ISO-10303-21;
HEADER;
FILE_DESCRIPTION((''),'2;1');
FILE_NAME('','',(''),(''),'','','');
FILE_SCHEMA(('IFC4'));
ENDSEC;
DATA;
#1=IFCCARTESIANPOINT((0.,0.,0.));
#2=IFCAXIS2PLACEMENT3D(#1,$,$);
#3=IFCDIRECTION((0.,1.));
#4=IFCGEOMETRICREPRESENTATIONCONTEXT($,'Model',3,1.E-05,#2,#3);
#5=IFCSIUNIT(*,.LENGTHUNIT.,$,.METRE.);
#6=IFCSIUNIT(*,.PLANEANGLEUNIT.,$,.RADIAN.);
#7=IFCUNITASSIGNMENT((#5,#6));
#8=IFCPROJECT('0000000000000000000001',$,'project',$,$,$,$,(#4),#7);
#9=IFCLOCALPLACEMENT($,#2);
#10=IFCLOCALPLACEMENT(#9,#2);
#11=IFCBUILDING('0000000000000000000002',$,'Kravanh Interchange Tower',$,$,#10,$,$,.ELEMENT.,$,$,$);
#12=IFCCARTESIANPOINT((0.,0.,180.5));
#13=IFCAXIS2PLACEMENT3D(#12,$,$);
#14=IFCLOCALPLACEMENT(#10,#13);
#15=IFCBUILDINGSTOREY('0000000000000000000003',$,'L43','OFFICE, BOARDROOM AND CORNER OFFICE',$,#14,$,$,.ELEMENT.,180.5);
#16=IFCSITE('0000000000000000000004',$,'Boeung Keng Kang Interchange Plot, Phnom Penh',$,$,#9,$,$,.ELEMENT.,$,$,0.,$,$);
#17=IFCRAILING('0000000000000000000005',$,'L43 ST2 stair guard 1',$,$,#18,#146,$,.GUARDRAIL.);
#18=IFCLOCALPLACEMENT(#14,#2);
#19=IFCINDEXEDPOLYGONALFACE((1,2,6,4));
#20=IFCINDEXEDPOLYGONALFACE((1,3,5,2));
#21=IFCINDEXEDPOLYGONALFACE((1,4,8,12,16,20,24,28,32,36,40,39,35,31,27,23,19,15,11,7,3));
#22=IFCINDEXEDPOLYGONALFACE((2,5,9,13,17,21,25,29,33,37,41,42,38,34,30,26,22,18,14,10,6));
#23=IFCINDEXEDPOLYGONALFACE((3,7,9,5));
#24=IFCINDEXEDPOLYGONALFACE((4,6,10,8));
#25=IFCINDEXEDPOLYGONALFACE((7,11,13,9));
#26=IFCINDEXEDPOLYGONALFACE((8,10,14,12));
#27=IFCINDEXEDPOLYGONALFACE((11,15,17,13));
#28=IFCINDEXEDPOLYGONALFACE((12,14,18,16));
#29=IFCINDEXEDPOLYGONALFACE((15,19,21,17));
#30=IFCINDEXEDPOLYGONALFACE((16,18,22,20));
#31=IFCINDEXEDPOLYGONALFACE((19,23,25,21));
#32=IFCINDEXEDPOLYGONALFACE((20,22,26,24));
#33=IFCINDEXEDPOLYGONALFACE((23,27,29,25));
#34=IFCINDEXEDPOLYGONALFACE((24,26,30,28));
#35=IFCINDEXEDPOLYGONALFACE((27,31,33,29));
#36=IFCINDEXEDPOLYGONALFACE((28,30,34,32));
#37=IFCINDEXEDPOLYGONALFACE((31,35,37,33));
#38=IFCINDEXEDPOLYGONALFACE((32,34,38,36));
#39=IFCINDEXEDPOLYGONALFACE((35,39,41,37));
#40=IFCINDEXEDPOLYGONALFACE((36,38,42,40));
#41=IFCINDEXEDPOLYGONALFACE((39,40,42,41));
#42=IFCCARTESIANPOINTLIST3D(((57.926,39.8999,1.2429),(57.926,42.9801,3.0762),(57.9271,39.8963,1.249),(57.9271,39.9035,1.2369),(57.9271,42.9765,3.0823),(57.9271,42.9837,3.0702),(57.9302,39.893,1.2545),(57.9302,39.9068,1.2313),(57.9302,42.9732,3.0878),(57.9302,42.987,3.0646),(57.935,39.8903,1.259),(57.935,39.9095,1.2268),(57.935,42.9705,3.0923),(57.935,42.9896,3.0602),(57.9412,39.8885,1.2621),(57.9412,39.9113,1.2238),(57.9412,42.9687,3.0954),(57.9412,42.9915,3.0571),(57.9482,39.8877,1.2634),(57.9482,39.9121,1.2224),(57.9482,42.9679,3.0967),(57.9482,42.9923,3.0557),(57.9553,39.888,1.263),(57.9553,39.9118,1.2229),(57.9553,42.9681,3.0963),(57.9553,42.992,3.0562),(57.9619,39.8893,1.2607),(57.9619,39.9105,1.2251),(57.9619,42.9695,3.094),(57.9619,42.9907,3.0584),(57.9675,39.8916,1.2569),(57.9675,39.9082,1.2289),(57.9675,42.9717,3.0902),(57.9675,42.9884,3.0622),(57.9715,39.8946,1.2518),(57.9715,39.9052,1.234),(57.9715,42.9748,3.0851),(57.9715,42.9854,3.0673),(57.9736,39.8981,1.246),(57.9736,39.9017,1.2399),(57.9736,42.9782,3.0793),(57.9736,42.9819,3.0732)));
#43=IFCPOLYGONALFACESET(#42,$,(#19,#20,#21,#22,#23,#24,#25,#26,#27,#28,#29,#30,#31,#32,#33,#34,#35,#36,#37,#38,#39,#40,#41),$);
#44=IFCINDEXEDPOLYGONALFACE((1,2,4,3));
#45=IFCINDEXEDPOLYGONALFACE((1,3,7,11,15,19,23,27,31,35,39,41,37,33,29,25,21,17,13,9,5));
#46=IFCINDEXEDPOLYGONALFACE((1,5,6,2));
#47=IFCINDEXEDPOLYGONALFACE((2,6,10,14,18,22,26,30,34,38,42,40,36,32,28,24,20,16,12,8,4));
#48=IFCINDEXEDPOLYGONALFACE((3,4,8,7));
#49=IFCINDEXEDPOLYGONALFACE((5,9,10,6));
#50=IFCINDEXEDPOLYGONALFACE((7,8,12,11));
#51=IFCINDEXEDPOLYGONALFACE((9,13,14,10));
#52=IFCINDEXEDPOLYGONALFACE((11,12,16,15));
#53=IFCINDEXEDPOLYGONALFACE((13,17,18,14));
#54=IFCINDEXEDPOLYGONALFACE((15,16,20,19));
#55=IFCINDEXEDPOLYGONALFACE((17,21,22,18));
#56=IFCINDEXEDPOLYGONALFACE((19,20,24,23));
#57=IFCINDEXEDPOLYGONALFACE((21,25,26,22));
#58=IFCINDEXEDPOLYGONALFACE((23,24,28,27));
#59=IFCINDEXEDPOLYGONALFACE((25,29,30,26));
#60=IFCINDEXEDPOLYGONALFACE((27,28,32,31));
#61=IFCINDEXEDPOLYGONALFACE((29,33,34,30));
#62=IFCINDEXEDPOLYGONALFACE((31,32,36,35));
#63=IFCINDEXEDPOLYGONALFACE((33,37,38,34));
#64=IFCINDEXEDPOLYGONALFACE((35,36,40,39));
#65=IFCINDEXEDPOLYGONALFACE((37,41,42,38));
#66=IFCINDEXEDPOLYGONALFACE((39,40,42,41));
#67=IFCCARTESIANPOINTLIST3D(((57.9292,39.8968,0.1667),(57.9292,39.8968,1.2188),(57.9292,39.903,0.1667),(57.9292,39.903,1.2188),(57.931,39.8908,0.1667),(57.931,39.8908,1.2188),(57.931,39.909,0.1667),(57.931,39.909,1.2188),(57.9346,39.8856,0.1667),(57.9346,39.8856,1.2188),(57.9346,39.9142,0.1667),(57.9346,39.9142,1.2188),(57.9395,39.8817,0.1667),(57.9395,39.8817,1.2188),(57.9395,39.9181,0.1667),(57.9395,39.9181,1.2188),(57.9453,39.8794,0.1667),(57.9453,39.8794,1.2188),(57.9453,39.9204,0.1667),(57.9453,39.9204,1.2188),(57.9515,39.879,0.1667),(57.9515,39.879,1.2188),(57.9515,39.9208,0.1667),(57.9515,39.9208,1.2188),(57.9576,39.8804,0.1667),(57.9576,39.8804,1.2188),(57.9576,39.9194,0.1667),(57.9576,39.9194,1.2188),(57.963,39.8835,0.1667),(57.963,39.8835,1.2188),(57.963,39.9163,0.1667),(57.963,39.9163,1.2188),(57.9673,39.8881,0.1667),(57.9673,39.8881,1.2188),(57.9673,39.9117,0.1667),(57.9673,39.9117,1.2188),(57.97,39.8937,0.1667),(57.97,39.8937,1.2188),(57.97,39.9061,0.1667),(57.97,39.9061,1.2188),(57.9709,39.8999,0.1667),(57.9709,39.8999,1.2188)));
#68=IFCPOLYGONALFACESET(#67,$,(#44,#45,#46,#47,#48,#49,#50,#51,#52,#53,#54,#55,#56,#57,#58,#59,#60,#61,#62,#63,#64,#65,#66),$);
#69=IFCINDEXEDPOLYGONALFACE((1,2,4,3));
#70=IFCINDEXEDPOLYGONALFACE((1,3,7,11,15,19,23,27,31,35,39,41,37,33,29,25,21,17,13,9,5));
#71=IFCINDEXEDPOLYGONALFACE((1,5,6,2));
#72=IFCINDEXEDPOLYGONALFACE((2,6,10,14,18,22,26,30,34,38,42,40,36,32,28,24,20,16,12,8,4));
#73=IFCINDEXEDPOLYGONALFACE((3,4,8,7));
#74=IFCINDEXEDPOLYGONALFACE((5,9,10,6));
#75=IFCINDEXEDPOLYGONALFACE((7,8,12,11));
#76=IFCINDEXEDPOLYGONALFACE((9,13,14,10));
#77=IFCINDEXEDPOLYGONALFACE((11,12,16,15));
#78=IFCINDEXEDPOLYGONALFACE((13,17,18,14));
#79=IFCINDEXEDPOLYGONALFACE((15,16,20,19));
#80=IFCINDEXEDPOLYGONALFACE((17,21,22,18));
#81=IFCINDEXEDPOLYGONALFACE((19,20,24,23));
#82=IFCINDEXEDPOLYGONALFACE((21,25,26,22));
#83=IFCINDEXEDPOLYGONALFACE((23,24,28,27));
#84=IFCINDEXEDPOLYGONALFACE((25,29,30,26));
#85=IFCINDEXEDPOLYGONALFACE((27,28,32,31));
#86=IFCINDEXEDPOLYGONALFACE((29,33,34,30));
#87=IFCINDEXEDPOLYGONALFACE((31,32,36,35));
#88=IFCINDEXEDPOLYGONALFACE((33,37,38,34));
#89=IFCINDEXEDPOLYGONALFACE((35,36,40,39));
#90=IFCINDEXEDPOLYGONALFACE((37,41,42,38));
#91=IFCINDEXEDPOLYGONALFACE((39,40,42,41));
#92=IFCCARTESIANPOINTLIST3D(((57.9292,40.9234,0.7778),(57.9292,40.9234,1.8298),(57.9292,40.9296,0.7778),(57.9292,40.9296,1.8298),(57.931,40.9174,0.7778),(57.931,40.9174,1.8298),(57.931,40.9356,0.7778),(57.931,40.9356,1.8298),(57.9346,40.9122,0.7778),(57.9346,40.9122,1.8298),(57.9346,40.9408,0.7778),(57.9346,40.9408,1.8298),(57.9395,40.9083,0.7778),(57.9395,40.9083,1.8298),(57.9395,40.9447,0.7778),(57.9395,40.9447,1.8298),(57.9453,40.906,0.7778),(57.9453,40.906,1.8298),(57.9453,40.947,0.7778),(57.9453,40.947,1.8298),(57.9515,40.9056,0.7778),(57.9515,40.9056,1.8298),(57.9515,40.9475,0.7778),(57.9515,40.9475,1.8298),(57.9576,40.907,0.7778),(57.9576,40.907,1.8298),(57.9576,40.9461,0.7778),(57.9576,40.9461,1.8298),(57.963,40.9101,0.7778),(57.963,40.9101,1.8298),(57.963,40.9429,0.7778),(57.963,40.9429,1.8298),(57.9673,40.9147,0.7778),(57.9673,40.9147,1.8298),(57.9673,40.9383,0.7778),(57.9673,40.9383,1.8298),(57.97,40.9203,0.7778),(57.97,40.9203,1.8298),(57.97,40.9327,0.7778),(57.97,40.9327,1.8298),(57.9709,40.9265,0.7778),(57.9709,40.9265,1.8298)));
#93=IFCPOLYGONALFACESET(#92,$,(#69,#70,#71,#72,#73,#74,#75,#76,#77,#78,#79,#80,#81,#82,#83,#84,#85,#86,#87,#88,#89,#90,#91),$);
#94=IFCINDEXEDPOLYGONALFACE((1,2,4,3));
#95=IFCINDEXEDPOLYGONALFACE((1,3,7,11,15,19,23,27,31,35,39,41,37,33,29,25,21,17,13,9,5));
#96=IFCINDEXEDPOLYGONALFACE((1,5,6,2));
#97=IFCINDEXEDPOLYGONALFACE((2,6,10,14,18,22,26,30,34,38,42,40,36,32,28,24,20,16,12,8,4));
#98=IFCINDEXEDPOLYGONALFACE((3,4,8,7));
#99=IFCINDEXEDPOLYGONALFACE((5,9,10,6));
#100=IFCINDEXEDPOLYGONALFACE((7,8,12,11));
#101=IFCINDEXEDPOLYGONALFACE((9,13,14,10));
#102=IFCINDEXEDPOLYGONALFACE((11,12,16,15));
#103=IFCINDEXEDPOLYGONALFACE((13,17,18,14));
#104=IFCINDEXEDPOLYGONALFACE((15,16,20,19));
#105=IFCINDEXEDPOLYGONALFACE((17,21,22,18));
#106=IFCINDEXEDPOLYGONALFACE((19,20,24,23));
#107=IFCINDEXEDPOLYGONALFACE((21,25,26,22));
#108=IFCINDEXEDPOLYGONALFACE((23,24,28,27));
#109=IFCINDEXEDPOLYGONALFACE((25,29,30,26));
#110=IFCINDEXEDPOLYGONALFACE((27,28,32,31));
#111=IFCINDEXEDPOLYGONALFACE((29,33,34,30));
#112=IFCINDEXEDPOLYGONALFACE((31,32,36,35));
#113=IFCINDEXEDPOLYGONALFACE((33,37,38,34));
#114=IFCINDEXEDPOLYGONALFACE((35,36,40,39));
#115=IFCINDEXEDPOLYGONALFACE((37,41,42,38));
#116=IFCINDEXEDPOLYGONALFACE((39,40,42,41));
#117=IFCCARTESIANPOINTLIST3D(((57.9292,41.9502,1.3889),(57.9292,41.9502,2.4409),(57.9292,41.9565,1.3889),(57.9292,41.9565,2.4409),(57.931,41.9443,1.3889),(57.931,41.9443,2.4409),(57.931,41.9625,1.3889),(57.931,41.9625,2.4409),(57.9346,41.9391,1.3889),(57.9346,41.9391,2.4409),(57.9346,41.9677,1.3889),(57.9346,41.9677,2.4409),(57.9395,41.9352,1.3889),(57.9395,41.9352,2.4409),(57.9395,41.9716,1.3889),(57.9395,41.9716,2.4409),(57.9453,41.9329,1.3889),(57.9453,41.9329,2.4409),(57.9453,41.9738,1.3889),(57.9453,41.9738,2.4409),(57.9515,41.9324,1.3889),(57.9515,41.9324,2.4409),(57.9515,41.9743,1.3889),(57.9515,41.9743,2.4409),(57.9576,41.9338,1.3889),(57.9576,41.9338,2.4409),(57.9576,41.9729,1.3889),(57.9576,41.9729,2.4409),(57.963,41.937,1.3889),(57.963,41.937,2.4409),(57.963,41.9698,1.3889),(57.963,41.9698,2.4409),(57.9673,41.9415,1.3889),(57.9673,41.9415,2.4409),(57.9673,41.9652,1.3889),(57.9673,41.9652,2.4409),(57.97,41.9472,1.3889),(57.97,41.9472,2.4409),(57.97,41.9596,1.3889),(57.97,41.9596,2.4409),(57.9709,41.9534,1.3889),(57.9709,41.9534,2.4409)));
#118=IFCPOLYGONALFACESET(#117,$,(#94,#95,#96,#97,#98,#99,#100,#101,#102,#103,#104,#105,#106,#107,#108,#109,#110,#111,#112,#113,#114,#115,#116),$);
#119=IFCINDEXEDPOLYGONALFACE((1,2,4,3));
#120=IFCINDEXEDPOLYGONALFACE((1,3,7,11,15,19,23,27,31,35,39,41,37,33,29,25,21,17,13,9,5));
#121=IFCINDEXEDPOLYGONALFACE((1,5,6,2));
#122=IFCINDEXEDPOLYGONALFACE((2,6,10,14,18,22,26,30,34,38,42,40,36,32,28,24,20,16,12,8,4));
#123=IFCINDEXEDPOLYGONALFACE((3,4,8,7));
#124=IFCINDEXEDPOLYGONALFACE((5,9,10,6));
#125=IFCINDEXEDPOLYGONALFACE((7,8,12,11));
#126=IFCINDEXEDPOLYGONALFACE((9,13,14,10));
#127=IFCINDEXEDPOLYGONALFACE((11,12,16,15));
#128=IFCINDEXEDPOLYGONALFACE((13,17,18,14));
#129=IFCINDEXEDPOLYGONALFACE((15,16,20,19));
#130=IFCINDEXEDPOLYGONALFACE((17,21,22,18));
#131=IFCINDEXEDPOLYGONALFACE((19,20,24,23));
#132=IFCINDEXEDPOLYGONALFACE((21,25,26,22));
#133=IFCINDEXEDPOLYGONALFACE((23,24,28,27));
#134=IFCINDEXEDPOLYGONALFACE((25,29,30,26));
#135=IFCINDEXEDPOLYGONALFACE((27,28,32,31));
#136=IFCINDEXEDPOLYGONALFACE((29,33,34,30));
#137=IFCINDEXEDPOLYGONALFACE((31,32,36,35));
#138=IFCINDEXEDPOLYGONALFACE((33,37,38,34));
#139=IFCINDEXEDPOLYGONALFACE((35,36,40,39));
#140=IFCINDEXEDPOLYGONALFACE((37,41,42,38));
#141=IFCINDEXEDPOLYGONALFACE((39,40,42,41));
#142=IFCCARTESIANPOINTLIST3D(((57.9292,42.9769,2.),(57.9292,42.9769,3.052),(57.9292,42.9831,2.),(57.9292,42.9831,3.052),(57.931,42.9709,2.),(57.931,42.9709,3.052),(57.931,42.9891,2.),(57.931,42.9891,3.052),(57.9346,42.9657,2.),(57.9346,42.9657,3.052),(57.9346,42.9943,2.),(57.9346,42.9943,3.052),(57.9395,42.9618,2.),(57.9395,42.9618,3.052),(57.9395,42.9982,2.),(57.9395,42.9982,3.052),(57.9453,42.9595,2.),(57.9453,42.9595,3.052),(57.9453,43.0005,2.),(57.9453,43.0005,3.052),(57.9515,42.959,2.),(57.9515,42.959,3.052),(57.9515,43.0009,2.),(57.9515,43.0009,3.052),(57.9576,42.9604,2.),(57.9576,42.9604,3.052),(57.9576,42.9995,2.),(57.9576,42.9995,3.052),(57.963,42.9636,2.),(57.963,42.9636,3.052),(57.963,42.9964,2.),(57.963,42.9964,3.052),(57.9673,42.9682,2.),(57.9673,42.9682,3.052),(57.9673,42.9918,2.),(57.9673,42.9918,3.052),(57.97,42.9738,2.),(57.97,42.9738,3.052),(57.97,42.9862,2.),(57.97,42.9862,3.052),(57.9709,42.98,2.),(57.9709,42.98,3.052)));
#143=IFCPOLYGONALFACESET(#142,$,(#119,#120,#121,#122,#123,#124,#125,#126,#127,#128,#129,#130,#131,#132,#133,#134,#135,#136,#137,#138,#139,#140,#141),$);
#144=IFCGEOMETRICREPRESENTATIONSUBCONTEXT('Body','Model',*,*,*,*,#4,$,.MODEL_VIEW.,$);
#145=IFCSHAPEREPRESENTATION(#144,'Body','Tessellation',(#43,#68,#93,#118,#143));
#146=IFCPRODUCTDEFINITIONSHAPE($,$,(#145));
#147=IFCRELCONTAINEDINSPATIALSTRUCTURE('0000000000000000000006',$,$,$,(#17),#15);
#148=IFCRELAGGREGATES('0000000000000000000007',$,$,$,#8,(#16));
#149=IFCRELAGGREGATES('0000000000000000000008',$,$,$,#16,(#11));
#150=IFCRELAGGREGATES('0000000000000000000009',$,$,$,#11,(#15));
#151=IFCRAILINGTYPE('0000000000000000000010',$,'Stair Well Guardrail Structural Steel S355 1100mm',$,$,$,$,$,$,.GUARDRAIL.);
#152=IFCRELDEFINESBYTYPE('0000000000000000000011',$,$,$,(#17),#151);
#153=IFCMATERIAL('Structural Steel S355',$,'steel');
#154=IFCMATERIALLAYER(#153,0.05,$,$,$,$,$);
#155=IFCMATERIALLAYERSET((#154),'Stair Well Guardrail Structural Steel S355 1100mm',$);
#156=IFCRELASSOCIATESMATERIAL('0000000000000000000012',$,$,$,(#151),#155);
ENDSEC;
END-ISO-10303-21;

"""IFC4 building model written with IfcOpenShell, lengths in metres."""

from ifc_helpers import new_model, si_unit, direction, frame, origin, origin_2d, place, context, subcontext, project, spatial, circle, extrude, material, layer, layer_set, type_object, element, save


model = new_model("IFC4")

# Units and contexts
model_context = context("Model", 3, precision=1e-05, world=origin(), true_north=direction((0.0, 1.0)))
body_context = subcontext(model_context, "Body", "Model", "MODEL_VIEW")
ifc_project = project(units=[si_unit("LENGTHUNIT", "METRE"), si_unit("PLANEANGLEUNIT", "RADIAN")], contexts=[model_context])

# Site, building, storey
site_placement = place(None, origin())
site = spatial("IfcSite", under=ifc_project, at=site_placement, Name="Boeung Keng Kang Interchange Plot, Phnom Penh", CompositionType="ELEMENT", RefElevation=0.0)
building_placement = place(site_placement, origin())
building = spatial("IfcBuilding", under=site, at=building_placement, Name="Kravanh Interchange Tower", CompositionType="ELEMENT")
storey_placement = place(building_placement, frame((0.0, 0.0, 180.5)))
storey = spatial("IfcBuildingStorey", under=building, at=storey_placement, Name="L43", Description="OFFICE, BOARDROOM AND CORNER OFFICE", CompositionType="ELEMENT", Elevation=180.5)

# Railing
ifc_material_1 = material(Name="Structural Steel S355", Category="steel")
ifc_layer_1 = layer(ifc_material_1, 0.05)
ifc_layer_set_1 = layer_set([ifc_layer_1], Name="Stair Well Guardrail Structural Steel S355 1100mm")
railing_type_1 = type_object("IfcRailingType", Name="Stair Well Guardrail Structural Steel S355 1100mm", PredefinedType="GUARDRAIL", material=ifc_layer_set_1)
railing_1_placement = place(storey_placement, frame((57.95, 39.8999, 0.1667)))
element("IfcRailing", 1, at=railing_1_placement, inside=storey, type_object=railing_type_1, Name="L43 ST2 stair guard 1", PredefinedType="GUARDRAIL", context=body_context, shape_type="SweptSolid", body=[
    extrude(circle(Radius=0.0239, at=origin_2d()), frame((0.0, 0.0, 1.0762), z_axis=(0.0, 0.859309, 0.511458), x_axis=(-1.0, 0.0, 0.0)), (0.0, 0.0, 1.0), 3.5845),
    extrude(circle(Radius=0.021, at=origin_2d()), origin(), (0.0, 0.0, 1.0), 1.052),
    extrude(circle(Radius=0.021, at=origin_2d()), frame((0.0, 1.0266, 0.6111)), (0.0, 0.0, 1.0), 1.052),
    extrude(circle(Radius=0.021, at=origin_2d()), frame((0.0, 2.0535, 1.2222)), (0.0, 0.0, 1.0), 1.052),
    extrude(circle(Radius=0.021, at=origin_2d()), frame((0.0, 3.0801, 1.8333)), (0.0, 0.0, 1.0), 1.052),
])

save(model, "model.ifc")
